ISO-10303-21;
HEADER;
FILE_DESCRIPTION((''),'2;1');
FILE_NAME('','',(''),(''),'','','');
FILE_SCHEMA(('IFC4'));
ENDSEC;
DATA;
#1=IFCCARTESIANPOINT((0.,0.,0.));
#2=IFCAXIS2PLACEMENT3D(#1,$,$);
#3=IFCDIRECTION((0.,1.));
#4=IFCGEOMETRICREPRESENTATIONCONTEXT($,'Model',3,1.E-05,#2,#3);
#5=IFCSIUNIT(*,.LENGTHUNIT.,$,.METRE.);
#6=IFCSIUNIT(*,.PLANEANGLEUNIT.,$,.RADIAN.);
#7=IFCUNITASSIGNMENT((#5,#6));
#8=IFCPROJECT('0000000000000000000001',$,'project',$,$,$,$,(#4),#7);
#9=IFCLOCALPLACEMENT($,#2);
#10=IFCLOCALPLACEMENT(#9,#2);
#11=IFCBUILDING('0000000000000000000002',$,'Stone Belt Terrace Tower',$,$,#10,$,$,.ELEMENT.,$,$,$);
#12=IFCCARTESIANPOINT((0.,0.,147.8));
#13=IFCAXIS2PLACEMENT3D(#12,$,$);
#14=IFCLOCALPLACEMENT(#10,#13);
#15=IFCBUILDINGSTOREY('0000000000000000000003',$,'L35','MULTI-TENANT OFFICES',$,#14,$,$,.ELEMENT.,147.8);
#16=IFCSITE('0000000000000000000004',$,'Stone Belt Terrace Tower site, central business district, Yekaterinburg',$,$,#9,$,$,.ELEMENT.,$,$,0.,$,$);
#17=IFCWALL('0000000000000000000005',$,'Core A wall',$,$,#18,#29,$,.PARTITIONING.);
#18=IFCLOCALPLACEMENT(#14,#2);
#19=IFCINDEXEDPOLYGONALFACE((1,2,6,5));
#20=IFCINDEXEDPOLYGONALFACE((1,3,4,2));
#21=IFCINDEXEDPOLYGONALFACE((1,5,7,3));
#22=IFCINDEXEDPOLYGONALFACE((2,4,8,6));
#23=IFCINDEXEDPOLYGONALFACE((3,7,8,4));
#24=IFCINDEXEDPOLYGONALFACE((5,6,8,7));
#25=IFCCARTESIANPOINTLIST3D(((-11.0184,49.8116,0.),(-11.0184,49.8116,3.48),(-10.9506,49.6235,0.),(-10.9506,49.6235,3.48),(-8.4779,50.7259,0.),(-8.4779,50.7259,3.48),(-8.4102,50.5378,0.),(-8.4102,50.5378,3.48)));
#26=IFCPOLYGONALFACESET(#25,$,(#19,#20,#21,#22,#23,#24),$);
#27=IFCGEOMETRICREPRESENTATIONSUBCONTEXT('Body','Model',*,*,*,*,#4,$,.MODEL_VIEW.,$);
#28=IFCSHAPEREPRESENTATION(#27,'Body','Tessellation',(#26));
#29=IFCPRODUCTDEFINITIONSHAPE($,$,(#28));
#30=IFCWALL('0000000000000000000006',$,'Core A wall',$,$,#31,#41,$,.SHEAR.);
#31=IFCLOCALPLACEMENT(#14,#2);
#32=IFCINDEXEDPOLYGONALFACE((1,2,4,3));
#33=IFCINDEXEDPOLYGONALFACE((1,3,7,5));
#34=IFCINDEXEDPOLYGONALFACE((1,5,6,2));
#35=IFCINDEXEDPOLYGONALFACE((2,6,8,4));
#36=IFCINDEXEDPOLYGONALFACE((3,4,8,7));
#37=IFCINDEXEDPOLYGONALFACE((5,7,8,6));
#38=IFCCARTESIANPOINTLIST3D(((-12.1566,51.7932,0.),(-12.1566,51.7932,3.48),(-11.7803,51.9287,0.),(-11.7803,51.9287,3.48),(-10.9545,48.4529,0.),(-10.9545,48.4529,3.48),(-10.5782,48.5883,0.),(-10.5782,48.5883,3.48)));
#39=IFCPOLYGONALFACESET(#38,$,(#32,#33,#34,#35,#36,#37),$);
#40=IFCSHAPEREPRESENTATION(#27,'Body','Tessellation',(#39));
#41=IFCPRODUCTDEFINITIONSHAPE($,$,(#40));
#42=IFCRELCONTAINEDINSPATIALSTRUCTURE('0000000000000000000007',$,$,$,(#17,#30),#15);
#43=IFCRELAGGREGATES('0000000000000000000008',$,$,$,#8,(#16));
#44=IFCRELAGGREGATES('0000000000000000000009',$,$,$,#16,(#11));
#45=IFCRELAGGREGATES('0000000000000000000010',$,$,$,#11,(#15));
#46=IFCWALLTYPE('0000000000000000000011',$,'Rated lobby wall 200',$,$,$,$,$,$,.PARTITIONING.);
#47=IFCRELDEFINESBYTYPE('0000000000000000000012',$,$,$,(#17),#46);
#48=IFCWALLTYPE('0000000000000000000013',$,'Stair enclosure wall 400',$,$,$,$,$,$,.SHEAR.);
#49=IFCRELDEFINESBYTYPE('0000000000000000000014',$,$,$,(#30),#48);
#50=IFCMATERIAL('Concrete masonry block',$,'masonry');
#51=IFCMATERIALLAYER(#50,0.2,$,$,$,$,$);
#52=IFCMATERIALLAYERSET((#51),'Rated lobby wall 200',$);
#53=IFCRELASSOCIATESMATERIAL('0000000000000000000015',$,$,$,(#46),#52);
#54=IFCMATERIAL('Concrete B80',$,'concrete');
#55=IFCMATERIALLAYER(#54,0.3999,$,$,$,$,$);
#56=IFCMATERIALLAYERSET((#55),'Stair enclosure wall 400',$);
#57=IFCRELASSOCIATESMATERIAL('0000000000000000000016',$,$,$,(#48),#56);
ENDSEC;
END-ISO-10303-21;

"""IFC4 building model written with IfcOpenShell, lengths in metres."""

from ifc_helpers import new_model, si_unit, direction, frame, frame_2d, origin, place, context, subcontext, project, spatial, rectangle, extrude, material, layer, layer_set, type_object, element, save


model = new_model("IFC4")

# Units and contexts
model_context = context("Model", 3, precision=1e-05, world=origin(), true_north=direction((0.0, 1.0)))
body_context = subcontext(model_context, "Body", "Model", "MODEL_VIEW")
ifc_project = project(units=[si_unit("LENGTHUNIT", "METRE"), si_unit("PLANEANGLEUNIT", "RADIAN")], contexts=[model_context])

# Site, building, storey
site_placement = place(None, origin())
site = spatial("IfcSite", under=ifc_project, at=site_placement, Name="Stone Belt Terrace Tower site, central business district, Yekaterinburg", CompositionType="ELEMENT", RefElevation=0.0)
building_placement = place(site_placement, origin())
building = spatial("IfcBuilding", under=site, at=building_placement, Name="Stone Belt Terrace Tower", CompositionType="ELEMENT")
storey_placement = place(building_placement, frame((0.0, 0.0, 147.8)))
storey = spatial("IfcBuildingStorey", under=building, at=storey_placement, Name="L35", Description="MULTI-TENANT OFFICES", CompositionType="ELEMENT", Elevation=147.8)

# Shared definitions
ifc_material_1 = material(Name="Concrete B80", Category="concrete")

# Walls
ifc_material_2 = material(Name="Concrete masonry block", Category="masonry")
ifc_layer_1 = layer(ifc_material_2, 0.2)
ifc_layer_set_1 = layer_set([ifc_layer_1], Name="Rated lobby wall 200")
wall_type_1 = type_object("IfcWallType", Name="Rated lobby wall 200", PredefinedType="PARTITIONING", material=ifc_layer_set_1)
wall_1_placement = place(storey_placement, frame((-10.9846, 49.7175, 0.0), z_axis=(0.0, 0.0, 1.0), x_axis=(0.940921, 0.338627, 0.0)))
element("IfcWall", 1, at=wall_1_placement, inside=storey, type_object=wall_type_1, Name="Core A wall", PredefinedType="PARTITIONING", context=body_context, shape_type="SweptSolid", body=[
    extrude(rectangle(XDim=2.7, YDim=0.2, at=frame_2d((1.3501, 0.0))), origin(), (0.0, 0.0, 1.0), 3.48),
])
ifc_layer_2 = layer(ifc_material_1, 0.3999)
ifc_layer_set_2 = layer_set([ifc_layer_2], Name="Stair enclosure wall 400")
wall_type_2 = type_object("IfcWallType", Name="Stair enclosure wall 400", PredefinedType="SHEAR", material=ifc_layer_set_2)
wall_2_placement = place(storey_placement, frame((-10.7664, 48.5208, 0.0), z_axis=(0.0, 0.0, 1.0), x_axis=(-0.338627, 0.940921, 0.0)))
element("IfcWall", 2, at=wall_2_placement, inside=storey, type_object=wall_type_2, Name="Core A wall", PredefinedType="SHEAR", context=body_context, shape_type="SweptSolid", body=[
    extrude(rectangle(XDim=3.55, YDim=0.3999, at=frame_2d((1.7749, 0.0))), origin(), (0.0, 0.0, 1.0), 3.48),
])

save(model, "model.ifc")
